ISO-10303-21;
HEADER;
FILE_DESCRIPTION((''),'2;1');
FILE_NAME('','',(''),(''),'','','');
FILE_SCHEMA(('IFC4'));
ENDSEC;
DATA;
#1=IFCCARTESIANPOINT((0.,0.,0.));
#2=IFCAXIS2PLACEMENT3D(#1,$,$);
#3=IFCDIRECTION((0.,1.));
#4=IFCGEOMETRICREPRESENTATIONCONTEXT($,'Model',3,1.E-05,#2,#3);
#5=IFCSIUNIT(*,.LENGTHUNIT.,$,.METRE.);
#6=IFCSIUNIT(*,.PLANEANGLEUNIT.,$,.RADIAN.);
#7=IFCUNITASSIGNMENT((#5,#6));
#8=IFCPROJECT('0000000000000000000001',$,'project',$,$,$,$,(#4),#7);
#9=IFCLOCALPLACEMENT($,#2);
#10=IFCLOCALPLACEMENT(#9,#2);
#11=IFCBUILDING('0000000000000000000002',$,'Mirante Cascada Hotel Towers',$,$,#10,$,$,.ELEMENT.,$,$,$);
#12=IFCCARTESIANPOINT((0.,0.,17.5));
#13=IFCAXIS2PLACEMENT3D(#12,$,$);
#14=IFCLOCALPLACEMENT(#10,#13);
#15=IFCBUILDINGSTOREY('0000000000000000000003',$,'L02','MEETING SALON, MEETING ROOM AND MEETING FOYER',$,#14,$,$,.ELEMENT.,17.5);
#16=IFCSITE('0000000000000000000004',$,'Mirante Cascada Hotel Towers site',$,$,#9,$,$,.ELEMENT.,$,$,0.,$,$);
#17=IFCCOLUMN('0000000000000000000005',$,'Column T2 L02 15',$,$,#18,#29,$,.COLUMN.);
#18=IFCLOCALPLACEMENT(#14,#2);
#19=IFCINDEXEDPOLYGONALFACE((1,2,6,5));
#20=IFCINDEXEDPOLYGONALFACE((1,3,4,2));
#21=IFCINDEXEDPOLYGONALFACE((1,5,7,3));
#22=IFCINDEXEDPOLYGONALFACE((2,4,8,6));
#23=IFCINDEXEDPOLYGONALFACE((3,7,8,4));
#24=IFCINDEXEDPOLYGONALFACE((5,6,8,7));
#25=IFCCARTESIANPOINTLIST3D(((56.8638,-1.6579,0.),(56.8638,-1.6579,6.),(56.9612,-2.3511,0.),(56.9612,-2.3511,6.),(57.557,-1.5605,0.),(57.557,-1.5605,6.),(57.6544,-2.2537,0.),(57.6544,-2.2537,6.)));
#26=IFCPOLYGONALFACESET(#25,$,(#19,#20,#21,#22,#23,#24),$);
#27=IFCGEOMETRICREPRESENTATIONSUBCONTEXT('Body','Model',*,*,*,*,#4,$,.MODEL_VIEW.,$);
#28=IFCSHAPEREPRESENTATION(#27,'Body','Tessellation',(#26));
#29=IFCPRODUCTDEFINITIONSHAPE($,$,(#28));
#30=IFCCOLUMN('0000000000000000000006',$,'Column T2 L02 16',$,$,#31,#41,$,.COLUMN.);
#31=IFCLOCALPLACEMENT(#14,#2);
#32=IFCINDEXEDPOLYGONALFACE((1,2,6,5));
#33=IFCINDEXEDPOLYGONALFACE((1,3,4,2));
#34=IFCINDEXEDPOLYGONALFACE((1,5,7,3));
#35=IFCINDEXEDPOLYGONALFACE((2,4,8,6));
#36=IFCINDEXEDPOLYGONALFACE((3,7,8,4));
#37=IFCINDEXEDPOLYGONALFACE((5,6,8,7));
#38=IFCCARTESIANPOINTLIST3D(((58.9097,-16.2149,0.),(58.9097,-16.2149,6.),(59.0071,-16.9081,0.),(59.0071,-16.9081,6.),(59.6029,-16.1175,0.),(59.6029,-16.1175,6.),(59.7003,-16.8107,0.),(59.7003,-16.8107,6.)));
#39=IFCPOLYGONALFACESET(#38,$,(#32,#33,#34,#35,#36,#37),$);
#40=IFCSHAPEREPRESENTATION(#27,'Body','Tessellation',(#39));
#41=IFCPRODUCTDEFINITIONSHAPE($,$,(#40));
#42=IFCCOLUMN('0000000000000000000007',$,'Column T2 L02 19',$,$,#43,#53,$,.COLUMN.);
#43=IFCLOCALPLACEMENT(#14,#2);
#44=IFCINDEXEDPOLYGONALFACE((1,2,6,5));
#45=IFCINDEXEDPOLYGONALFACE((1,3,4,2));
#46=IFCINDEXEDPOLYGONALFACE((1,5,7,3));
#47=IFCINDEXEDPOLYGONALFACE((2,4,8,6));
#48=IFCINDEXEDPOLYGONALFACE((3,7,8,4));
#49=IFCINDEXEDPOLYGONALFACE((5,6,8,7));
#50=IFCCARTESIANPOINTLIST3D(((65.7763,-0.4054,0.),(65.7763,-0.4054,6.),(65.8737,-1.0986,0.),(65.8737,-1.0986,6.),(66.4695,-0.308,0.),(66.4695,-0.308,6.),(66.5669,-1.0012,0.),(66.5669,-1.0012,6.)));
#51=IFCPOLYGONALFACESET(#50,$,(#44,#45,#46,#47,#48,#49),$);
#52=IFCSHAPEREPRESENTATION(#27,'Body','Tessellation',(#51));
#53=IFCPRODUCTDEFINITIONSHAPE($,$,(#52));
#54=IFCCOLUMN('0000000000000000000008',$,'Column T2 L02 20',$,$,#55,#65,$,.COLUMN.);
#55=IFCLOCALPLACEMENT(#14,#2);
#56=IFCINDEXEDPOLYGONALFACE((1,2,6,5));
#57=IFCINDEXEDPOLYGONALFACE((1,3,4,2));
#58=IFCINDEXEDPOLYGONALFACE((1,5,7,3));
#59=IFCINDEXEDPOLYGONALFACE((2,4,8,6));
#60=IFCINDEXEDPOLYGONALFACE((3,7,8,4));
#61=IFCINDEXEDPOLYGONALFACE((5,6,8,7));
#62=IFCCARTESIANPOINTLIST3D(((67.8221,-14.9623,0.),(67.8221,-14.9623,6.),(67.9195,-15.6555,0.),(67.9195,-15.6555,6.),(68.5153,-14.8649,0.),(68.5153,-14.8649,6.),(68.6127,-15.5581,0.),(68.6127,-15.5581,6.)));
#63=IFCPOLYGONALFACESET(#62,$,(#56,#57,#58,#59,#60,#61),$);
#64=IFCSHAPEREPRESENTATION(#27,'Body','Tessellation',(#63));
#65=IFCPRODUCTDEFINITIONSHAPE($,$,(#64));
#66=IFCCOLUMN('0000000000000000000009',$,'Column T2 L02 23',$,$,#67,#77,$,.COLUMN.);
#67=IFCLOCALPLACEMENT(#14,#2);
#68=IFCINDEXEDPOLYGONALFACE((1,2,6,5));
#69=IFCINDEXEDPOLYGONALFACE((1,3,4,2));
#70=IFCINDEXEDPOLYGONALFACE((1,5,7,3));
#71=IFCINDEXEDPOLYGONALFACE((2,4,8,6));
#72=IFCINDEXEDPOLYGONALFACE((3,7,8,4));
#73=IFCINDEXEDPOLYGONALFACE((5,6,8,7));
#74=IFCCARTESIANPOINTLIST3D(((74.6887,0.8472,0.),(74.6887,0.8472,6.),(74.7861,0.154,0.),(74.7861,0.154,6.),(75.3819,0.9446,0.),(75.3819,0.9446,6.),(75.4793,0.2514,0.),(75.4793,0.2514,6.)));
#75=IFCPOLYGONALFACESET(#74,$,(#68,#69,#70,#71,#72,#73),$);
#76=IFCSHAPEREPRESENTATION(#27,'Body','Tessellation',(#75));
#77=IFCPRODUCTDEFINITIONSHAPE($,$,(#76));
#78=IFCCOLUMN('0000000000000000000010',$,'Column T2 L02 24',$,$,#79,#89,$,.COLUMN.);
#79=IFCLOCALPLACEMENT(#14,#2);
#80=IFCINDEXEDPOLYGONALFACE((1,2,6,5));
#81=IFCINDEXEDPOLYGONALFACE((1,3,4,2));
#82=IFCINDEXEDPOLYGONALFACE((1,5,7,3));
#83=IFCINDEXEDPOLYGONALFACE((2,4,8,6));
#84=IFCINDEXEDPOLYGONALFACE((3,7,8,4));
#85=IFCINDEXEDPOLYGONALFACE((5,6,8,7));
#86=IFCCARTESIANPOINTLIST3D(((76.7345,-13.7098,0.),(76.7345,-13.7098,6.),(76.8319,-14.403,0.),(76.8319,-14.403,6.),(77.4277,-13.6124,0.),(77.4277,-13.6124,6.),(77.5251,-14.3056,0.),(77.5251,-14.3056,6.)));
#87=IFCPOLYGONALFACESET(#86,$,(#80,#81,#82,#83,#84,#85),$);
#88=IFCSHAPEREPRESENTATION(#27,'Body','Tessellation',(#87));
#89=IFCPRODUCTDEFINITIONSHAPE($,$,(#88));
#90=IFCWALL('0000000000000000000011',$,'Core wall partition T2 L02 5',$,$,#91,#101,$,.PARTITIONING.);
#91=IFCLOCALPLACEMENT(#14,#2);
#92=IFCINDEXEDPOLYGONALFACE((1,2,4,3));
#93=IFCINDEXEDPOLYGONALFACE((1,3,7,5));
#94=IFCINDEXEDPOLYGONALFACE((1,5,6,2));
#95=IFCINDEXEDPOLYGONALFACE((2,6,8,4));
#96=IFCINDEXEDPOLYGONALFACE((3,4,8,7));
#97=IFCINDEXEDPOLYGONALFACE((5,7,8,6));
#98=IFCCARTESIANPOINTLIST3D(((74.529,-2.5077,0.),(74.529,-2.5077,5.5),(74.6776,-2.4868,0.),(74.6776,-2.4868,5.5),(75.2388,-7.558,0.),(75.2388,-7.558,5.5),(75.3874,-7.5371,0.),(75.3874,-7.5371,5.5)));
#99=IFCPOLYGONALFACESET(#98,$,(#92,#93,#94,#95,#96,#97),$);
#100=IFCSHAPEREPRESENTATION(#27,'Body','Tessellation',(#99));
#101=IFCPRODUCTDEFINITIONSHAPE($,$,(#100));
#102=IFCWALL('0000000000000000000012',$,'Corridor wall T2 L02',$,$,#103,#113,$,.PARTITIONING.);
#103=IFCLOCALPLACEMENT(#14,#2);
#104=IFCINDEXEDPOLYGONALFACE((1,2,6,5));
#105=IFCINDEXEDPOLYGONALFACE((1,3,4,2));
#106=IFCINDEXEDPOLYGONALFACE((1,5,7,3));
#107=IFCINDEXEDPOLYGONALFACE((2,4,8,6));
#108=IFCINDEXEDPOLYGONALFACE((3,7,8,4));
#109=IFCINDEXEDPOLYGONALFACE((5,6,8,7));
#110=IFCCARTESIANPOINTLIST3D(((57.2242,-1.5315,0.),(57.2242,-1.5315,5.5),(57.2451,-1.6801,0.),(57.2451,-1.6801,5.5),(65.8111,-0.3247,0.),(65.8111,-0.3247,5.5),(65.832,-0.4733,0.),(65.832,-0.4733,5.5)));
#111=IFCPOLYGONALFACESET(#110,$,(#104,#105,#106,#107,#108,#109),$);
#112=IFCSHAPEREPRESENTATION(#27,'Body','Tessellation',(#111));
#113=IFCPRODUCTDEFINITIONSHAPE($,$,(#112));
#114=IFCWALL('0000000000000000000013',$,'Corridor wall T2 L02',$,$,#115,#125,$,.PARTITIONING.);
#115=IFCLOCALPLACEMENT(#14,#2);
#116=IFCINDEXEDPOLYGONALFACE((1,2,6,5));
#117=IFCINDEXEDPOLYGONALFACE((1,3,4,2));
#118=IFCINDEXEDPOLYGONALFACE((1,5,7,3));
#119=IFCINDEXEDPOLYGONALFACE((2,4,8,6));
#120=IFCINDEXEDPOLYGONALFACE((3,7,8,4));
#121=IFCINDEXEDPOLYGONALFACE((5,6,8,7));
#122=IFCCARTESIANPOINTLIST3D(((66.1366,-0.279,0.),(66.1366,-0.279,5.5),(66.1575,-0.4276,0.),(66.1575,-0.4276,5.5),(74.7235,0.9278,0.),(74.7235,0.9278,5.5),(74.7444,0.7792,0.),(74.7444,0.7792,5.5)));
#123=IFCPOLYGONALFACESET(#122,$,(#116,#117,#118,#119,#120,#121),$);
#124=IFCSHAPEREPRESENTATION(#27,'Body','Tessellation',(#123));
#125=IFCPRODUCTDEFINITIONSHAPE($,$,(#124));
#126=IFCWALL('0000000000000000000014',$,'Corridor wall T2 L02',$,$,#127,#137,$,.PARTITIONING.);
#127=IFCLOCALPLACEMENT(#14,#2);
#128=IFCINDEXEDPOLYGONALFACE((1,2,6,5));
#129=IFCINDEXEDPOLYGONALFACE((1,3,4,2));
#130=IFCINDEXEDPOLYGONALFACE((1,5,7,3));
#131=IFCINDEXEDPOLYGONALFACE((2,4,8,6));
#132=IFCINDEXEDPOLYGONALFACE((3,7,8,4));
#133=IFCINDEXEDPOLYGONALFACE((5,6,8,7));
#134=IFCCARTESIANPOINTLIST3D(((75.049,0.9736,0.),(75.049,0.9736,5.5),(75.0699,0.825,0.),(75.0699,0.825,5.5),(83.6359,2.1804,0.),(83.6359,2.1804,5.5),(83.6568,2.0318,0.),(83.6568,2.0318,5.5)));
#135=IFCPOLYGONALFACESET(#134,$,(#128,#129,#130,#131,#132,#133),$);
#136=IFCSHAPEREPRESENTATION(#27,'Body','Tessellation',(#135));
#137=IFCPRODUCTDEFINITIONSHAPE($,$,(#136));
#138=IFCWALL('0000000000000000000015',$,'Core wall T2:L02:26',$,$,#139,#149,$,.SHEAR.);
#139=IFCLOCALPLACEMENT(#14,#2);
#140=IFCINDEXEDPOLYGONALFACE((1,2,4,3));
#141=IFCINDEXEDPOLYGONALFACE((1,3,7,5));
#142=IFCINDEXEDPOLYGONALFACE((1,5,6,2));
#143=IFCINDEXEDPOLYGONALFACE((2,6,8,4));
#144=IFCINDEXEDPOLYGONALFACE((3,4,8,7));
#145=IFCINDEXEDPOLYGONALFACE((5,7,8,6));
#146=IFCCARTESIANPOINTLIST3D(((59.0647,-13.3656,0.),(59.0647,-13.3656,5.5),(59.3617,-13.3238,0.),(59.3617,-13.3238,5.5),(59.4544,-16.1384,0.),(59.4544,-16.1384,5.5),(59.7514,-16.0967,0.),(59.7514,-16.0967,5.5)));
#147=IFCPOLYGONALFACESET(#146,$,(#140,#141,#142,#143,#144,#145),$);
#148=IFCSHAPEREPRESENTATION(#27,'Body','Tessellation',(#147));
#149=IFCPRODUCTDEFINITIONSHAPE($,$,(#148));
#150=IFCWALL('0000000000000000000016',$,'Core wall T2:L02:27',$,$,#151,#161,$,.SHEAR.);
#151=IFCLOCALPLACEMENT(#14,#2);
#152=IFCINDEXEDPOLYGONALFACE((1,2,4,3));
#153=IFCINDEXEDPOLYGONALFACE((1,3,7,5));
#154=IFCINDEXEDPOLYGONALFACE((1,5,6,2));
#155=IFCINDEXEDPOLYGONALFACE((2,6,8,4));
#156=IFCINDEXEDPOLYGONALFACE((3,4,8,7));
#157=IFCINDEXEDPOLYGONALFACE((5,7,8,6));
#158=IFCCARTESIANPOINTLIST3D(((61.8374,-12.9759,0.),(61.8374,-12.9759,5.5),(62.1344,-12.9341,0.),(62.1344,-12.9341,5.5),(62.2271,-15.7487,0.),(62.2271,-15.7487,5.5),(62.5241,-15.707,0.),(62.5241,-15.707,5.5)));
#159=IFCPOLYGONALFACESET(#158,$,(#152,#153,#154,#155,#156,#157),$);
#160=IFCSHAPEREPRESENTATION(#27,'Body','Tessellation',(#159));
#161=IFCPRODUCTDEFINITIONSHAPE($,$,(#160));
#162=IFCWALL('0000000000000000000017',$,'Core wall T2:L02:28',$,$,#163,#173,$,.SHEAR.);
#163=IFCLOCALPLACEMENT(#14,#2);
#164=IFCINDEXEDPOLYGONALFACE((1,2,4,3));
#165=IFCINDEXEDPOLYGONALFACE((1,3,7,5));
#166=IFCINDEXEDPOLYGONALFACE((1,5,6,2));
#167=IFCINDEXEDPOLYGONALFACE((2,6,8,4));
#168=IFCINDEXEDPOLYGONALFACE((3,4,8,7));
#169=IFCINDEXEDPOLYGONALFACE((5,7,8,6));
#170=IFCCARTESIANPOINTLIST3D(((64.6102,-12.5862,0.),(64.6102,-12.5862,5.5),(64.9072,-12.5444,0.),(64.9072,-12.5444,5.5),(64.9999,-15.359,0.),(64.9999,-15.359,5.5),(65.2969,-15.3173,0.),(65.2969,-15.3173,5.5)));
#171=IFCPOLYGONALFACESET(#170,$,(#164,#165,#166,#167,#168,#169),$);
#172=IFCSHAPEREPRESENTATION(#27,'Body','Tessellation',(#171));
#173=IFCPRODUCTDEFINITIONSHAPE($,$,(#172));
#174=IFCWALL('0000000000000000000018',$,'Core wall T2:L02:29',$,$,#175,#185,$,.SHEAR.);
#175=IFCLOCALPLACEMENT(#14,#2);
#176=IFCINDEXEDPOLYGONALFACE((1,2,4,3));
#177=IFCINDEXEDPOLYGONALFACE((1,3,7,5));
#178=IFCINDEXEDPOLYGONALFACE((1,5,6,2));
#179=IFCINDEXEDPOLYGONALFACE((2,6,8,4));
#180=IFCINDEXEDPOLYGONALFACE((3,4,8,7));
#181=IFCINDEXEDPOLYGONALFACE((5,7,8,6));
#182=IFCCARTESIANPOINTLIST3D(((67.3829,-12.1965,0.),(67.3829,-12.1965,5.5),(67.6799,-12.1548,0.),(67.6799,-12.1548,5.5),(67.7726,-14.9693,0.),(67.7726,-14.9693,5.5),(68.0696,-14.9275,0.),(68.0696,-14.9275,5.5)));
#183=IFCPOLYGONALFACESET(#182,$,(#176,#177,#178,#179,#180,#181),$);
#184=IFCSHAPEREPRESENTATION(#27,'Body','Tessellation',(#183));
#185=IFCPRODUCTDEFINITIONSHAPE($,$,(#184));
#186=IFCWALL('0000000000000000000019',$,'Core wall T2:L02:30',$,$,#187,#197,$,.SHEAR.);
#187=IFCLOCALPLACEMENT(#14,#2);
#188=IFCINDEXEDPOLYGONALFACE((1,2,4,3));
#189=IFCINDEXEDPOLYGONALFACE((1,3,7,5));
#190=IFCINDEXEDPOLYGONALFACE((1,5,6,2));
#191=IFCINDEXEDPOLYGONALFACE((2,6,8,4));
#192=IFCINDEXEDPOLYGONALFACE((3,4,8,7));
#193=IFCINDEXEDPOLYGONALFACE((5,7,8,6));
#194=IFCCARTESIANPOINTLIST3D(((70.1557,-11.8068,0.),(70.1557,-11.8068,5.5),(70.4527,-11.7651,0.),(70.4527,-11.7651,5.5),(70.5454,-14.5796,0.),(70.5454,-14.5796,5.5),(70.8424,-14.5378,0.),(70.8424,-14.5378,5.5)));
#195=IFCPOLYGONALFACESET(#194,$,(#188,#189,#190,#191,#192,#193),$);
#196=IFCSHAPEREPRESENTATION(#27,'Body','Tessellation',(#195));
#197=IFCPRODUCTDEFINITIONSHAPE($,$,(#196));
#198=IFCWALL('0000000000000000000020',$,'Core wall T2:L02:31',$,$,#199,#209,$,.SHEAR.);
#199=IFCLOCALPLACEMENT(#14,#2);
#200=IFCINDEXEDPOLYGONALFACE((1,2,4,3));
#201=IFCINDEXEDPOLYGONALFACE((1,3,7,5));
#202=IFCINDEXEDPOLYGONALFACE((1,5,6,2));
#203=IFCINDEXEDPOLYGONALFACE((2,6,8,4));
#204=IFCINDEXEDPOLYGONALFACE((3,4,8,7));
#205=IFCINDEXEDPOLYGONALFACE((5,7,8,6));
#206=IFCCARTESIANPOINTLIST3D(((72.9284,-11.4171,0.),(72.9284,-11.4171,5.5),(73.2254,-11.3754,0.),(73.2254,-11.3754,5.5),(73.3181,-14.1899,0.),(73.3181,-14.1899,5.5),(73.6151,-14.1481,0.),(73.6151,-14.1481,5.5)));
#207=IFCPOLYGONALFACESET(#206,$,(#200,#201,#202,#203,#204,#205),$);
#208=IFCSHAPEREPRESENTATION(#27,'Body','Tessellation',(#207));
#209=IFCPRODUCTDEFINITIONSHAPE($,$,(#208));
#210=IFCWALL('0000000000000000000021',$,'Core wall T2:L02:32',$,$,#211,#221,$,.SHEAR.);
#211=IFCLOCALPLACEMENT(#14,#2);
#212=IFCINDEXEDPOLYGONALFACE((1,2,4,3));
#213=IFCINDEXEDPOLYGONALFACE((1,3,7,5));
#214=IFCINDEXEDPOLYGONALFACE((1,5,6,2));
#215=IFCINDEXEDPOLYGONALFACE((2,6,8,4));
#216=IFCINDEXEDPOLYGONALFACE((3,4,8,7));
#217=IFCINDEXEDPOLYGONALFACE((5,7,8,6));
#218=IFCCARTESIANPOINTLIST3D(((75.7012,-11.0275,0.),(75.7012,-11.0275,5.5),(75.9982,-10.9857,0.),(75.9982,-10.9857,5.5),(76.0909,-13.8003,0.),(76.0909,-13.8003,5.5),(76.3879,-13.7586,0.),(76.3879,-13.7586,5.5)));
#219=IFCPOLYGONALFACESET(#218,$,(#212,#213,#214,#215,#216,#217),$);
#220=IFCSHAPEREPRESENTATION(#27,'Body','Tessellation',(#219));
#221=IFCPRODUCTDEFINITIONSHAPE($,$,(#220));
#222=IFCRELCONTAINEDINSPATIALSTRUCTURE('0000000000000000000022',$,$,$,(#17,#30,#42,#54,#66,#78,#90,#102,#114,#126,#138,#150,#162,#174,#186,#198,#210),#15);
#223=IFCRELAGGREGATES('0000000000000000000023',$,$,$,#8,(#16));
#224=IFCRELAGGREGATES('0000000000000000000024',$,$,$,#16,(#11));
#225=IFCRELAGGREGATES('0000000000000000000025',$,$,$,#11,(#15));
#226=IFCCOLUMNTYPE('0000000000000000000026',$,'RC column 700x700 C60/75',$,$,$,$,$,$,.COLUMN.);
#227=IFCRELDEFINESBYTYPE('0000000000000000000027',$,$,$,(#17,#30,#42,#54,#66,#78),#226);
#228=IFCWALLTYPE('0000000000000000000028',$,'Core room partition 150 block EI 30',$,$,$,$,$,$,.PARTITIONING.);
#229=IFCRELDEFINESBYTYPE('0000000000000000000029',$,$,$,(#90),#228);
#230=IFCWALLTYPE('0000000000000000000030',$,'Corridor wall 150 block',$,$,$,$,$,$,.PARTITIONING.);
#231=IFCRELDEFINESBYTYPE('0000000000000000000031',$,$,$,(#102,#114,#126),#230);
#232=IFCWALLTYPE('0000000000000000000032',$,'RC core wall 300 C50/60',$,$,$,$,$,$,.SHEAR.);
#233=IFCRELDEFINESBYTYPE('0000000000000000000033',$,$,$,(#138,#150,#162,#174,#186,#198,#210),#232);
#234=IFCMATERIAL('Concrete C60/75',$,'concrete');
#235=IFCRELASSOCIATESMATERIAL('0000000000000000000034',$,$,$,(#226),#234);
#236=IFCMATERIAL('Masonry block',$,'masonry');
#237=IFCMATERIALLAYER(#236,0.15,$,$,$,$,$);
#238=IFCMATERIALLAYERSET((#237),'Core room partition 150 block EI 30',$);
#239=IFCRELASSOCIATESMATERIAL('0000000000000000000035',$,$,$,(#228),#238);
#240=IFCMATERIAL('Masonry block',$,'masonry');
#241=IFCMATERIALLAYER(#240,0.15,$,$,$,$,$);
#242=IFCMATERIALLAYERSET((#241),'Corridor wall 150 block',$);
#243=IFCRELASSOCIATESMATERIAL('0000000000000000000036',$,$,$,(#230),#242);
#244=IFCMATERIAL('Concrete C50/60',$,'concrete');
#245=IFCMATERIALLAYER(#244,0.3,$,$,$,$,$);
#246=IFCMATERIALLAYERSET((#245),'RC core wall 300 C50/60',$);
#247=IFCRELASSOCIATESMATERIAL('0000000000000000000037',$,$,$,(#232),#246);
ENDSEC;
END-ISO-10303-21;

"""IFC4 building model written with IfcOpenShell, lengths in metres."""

from ifc_helpers import new_model, si_unit, direction, frame, frame_2d, origin, origin_2d, place, context, subcontext, project, spatial, rectangle, extrude, material, layer, layer_set, material_profile, profile_set, type_object, element, save


model = new_model("IFC4")

# Units and contexts
model_context = context("Model", 3, precision=1e-05, world=origin(), true_north=direction((0.0, 1.0)))
body_context = subcontext(model_context, "Body", "Model", "MODEL_VIEW")
ifc_project = project(units=[si_unit("LENGTHUNIT", "METRE"), si_unit("PLANEANGLEUNIT", "RADIAN")], contexts=[model_context])

# Site, building, storey
site_placement = place(None, origin())
site = spatial("IfcSite", under=ifc_project, at=site_placement, Name="Mirante Cascada Hotel Towers site", CompositionType="ELEMENT", RefElevation=0.0)
building_placement = place(site_placement, origin())
building = spatial("IfcBuilding", under=site, at=building_placement, Name="Mirante Cascada Hotel Towers", CompositionType="ELEMENT")
storey_placement = place(building_placement, frame((0.0, 0.0, 17.5)))
storey = spatial("IfcBuildingStorey", under=building, at=storey_placement, Name="L02", Description="MEETING SALON, MEETING ROOM AND MEETING FOYER", CompositionType="ELEMENT", Elevation=17.5)

# Columns
ifc_material_1 = material(Name="Concrete C60/75", Category="concrete")
ifc_material_profile = material_profile(ifc_material_1, rectangle(XDim=0.7, YDim=0.7, at=origin_2d()), Name="RC column 700x700 C60/75")
ifc_profile_set = profile_set([ifc_material_profile], Name="Concrete C60/75")
column_type = type_object("IfcColumnType", Name="RC column 700x700 C60/75", PredefinedType="COLUMN", material=ifc_profile_set)
for number, where, z_axis, x_axis, name in (
    (1, (57.2591, -1.9558, 0.0), (0.0, 0.0, 1.0), (0.990268, 0.139173, 0.0), "Column T2 L02 15"),
    (2, (59.305, -16.5128, 0.0), (0.0, 0.0, 1.0), (0.990268, 0.139173, 0.0), "Column T2 L02 16"),
    (3, (66.1716, -0.7033, 0.0), (0.0, 0.0, 1.0), (0.990268, 0.139173, 0.0), "Column T2 L02 19"),
    (4, (68.2174, -15.2602, 0.0), (0.0, 0.0, 1.0), (0.990268, 0.139173, 0.0), "Column T2 L02 20"),
    (5, (75.084, 0.5493, 0.0), (0.0, 0.0, 1.0), (0.990268, 0.139173, 0.0), "Column T2 L02 23"),
    (6, (77.1298, -14.0077, 0.0), (0.0, 0.0, 1.0), (0.990268, 0.139173, 0.0), "Column T2 L02 24"),
):
    element("IfcColumn", number, at=place(storey_placement, frame(where, z_axis=z_axis, x_axis=x_axis)), inside=storey, type_object=column_type, Name=name, PredefinedType="COLUMN", context=body_context, shape_type="SweptSolid", body=[
        extrude(rectangle(XDim=0.7, YDim=0.7, at=origin_2d()), origin(), (0.0, 0.0, 1.0), 6.0),
    ])

# Walls
ifc_material_2 = material(Name="Masonry block", Category="masonry")
ifc_layer_1 = layer(ifc_material_2, 0.15)
ifc_layer_set_1 = layer_set([ifc_layer_1], Name="Core room partition 150 block EI 30")
wall_type_1 = type_object("IfcWallType", Name="Core room partition 150 block EI 30", PredefinedType="PARTITIONING", material=ifc_layer_set_1)
wall_1_placement = place(storey_placement, frame((75.3131, -7.5476, 0.0), z_axis=(0.0, 0.0, 1.0), x_axis=(-0.139178, 0.990267, 0.0)))
element("IfcWall", 7, at=wall_1_placement, inside=storey, type_object=wall_type_1, Name="Core wall partition T2 L02 5", PredefinedType="PARTITIONING", context=body_context, shape_type="SweptSolid", body=[
    extrude(rectangle(XDim=5.0999, YDim=0.15, at=frame_2d((2.55, 0.0))), origin(), (0.0, 0.0, 1.0), 5.5),
])
ifc_material_3 = material(Name="Masonry block", Category="masonry")
ifc_layer_2 = layer(ifc_material_3, 0.15)
ifc_layer_set_2 = layer_set([ifc_layer_2], Name="Corridor wall 150 block")
wall_type_2 = type_object("IfcWallType", Name="Corridor wall 150 block", PredefinedType="PARTITIONING", material=ifc_layer_set_2)
for number, where, z_axis, x_axis, name in (
    (8, (57.2347, -1.6058, 0.0), (0.0, 0.0, 1.0), (0.990268, 0.139172, 0.0), "Corridor wall T2 L02"),
    (9, (66.1471, -0.3533, 0.0), (0.0, 0.0, 1.0), (0.990268, 0.139172, 0.0), "Corridor wall T2 L02"),
    (10, (75.0595, 0.8993, 0.0), (0.0, 0.0, 1.0), (0.990268, 0.139172, 0.0), "Corridor wall T2 L02"),
):
    element("IfcWall", number, at=place(storey_placement, frame(where, z_axis=z_axis, x_axis=x_axis)), inside=storey, type_object=wall_type_2, Name=name, PredefinedType="PARTITIONING", context=body_context, shape_type="SweptSolid", body=[
        extrude(rectangle(XDim=8.6713, YDim=0.15, at=frame_2d((4.3356, 0.0))), origin(), (0.0, 0.0, 1.0), 5.5),
    ])
ifc_material_4 = material(Name="Concrete C50/60", Category="concrete")
ifc_layer_3 = layer(ifc_material_4, 0.3)
ifc_layer_set_3 = layer_set([ifc_layer_3], Name="RC core wall 300 C50/60")
wall_type_3 = type_object("IfcWallType", Name="RC core wall 300 C50/60", PredefinedType="SHEAR", material=ifc_layer_set_3)
for number, where, z_axis, x_axis, name in (
    (11, (59.6029, -16.1175, 0.0), (0.0, 0.0, 1.0), (-0.139176, 0.990268, 0.0), "Core wall T2:L02:26"),
    (12, (62.3756, -15.7278, 0.0), (0.0, 0.0, 1.0), (-0.139176, 0.990268, 0.0), "Core wall T2:L02:27"),
    (13, (65.1484, -15.3381, 0.0), (0.0, 0.0, 1.0), (-0.139176, 0.990268, 0.0), "Core wall T2:L02:28"),
):
    element("IfcWall", number, at=place(storey_placement, frame(where, z_axis=z_axis, x_axis=x_axis)), inside=storey, type_object=wall_type_3, Name=name, PredefinedType="SHEAR", context=body_context, shape_type="SweptSolid", body=[
        extrude(rectangle(XDim=2.8001, YDim=0.3, at=frame_2d((1.4, 0.0))), origin(), (0.0, 0.0, 1.0), 5.5),
    ])
for number, where, z_axis, x_axis, name in (
    (14, (67.9211, -14.9484, 0.0), (0.0, 0.0, 1.0), (-0.139181, 0.990267, 0.0), "Core wall T2:L02:29"),
    (15, (70.6939, -14.5587, 0.0), (0.0, 0.0, 1.0), (-0.139181, 0.990267, 0.0), "Core wall T2:L02:30"),
    (16, (73.4666, -14.169, 0.0), (0.0, 0.0, 1.0), (-0.139181, 0.990267, 0.0), "Core wall T2:L02:31"),
):
    element("IfcWall", number, at=place(storey_placement, frame(where, z_axis=z_axis, x_axis=x_axis)), inside=storey, type_object=wall_type_3, Name=name, PredefinedType="SHEAR", context=body_context, shape_type="SweptSolid", body=[
        extrude(rectangle(XDim=2.8, YDim=0.3, at=frame_2d((1.4, 0.0))), origin(), (0.0, 0.0, 1.0), 5.5),
    ])
wall_2_placement = place(storey_placement, frame((76.2394, -13.7794, 0.0), z_axis=(0.0, 0.0, 1.0), x_axis=(-0.139176, 0.990268, 0.0)))
element("IfcWall", 17, at=wall_2_placement, inside=storey, type_object=wall_type_3, Name="Core wall T2:L02:32", PredefinedType="SHEAR", context=body_context, shape_type="SweptSolid", body=[
    extrude(rectangle(XDim=2.8001, YDim=0.3, at=frame_2d((1.4, 0.0))), origin(), (0.0, 0.0, 1.0), 5.5),
])

save(model, "model.ifc")
